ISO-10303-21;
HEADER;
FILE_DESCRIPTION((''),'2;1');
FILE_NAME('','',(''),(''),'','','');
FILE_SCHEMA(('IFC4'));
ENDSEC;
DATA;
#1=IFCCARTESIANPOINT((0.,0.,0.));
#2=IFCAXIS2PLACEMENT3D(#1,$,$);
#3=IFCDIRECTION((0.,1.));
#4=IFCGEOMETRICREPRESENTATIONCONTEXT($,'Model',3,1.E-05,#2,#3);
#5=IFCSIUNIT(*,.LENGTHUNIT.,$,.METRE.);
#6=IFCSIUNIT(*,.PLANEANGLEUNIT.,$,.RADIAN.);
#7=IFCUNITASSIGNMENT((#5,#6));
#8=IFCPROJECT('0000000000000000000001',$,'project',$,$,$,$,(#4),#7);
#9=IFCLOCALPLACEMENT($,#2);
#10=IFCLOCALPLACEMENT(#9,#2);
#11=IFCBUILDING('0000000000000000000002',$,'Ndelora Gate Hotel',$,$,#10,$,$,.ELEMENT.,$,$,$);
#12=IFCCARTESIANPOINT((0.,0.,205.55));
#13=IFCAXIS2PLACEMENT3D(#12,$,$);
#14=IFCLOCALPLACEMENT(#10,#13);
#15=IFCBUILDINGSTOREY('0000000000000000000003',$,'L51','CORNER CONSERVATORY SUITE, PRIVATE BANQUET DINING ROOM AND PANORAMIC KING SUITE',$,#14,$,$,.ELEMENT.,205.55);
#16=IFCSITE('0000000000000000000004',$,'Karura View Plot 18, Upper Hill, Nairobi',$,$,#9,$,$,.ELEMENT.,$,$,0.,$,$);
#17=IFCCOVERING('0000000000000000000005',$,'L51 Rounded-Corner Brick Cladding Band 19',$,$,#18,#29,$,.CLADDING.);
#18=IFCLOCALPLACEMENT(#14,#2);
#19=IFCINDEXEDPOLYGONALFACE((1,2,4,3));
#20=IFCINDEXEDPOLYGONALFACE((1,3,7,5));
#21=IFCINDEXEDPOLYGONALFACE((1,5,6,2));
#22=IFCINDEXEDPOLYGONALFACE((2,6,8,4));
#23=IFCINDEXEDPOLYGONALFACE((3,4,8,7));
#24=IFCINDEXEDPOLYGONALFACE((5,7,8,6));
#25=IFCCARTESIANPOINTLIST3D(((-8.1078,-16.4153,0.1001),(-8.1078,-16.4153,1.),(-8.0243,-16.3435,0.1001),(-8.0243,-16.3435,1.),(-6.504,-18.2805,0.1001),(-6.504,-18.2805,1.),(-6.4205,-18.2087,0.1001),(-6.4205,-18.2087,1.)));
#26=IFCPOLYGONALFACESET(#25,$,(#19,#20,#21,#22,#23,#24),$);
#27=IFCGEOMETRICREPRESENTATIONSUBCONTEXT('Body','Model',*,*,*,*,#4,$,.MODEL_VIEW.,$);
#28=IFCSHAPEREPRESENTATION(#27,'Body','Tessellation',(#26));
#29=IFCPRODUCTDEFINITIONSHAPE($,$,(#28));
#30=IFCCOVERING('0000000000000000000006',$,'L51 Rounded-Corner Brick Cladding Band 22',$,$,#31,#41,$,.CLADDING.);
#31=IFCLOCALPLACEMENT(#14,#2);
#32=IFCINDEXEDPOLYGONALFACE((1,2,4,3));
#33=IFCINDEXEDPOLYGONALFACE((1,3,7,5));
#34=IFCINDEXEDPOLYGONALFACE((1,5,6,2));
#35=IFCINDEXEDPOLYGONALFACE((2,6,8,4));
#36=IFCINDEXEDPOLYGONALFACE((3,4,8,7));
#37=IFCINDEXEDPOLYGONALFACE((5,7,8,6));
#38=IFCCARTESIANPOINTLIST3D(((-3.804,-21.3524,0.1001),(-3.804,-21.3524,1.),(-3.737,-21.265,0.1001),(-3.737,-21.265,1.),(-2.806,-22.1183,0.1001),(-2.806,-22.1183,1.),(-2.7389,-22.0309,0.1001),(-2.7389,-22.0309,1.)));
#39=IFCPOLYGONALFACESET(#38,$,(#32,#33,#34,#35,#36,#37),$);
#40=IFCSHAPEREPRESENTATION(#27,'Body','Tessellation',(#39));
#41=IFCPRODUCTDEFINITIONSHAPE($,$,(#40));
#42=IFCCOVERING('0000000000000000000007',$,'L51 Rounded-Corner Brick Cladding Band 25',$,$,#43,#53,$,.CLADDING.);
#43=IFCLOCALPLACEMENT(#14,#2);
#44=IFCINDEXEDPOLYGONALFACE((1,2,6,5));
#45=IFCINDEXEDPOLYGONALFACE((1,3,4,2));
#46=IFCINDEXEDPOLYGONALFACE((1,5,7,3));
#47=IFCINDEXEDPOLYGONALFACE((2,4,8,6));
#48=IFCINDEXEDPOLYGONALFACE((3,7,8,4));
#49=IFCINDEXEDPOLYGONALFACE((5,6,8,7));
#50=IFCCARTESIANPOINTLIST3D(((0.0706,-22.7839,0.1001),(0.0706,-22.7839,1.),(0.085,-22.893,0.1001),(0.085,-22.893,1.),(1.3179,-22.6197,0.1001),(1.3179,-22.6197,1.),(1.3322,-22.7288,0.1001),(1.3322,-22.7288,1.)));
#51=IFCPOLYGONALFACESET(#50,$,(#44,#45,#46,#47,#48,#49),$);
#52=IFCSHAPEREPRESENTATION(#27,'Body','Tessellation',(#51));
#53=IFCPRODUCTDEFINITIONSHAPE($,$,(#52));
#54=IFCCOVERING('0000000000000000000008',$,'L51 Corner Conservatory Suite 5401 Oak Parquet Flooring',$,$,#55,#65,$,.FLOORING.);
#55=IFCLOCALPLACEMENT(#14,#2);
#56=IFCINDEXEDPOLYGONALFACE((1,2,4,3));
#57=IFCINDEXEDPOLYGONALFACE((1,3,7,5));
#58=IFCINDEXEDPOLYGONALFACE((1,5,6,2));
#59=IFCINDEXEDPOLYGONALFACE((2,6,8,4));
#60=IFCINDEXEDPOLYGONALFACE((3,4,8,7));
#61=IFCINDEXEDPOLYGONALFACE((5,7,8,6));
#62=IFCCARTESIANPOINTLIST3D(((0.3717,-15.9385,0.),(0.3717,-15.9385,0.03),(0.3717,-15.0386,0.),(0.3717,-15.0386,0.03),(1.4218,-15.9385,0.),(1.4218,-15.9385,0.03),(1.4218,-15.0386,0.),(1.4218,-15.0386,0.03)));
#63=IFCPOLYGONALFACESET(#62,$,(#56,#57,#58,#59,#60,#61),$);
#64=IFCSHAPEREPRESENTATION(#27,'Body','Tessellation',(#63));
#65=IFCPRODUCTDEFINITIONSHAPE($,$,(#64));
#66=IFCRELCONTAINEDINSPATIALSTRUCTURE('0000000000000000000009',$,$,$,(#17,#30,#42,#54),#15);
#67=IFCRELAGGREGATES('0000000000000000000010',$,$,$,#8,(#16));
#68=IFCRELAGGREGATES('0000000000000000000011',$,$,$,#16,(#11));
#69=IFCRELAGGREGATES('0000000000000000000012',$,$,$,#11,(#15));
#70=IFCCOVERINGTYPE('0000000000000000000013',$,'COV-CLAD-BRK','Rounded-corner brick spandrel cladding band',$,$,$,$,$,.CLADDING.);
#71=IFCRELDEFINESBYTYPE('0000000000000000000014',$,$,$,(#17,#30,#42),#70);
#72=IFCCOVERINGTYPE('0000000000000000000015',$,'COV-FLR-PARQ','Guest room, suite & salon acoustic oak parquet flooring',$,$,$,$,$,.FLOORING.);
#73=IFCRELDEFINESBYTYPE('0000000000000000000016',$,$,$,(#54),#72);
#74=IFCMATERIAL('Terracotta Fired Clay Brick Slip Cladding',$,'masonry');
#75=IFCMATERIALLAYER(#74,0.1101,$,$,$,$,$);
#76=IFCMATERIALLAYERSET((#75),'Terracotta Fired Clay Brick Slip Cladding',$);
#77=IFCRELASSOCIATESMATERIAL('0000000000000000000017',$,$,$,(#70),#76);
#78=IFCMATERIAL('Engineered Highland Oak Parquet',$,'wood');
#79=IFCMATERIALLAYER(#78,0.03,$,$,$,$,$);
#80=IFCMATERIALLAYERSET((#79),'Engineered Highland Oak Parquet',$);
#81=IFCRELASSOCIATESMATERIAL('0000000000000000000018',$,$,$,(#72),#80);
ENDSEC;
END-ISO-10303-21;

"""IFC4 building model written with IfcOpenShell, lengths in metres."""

from ifc_helpers import new_model, si_unit, direction, frame, origin, origin_2d, place, context, subcontext, project, spatial, rectangle, extrude, material, layer, layer_set, type_object, element, save


model = new_model("IFC4")

# Units and contexts
model_context = context("Model", 3, precision=1e-05, world=origin(), true_north=direction((0.0, 1.0)))
body_context = subcontext(model_context, "Body", "Model", "MODEL_VIEW")
ifc_project = project(units=[si_unit("LENGTHUNIT", "METRE"), si_unit("PLANEANGLEUNIT", "RADIAN")], contexts=[model_context])

# Site, building, storey
site_placement = place(None, origin())
site = spatial("IfcSite", under=ifc_project, at=site_placement, Name="Karura View Plot 18, Upper Hill, Nairobi", CompositionType="ELEMENT", RefElevation=0.0)
building_placement = place(site_placement, origin())
building = spatial("IfcBuilding", under=site, at=building_placement, Name="Ndelora Gate Hotel", CompositionType="ELEMENT")
storey_placement = place(building_placement, frame((0.0, 0.0, 205.55)))
storey = spatial("IfcBuildingStorey", under=building, at=storey_placement, Name="L51", Description="CORNER CONSERVATORY SUITE, PRIVATE BANQUET DINING ROOM AND PANORAMIC KING SUITE", CompositionType="ELEMENT", Elevation=205.55)

# Coverings
ifc_material_1 = material(Name="Terracotta Fired Clay Brick Slip Cladding", Category="masonry")
ifc_layer_1 = layer(ifc_material_1, 0.1101)
ifc_layer_set_1 = layer_set([ifc_layer_1], Name="Terracotta Fired Clay Brick Slip Cladding")
covering_type_1 = type_object("IfcCoveringType", Name="COV-CLAD-BRK", Description="Rounded-corner brick spandrel cladding band", PredefinedType="CLADDING", material=ifc_layer_set_1)
covering_1_placement = place(storey_placement, frame((-7.2642, -17.312, 0.1001), z_axis=(0.0, 0.0, 1.0), x_axis=(-0.651966, 0.758248, 0.0)))
element("IfcCovering", 1, at=covering_1_placement, inside=storey, type_object=covering_type_1, Name="L51 Rounded-Corner Brick Cladding Band 19", PredefinedType="CLADDING", context=body_context, shape_type="SweptSolid", body=[
    extrude(rectangle(XDim=2.46, YDim=0.1101, at=origin_2d()), origin(), (0.0, 0.0, 1.0), 0.8999),
])
for number, where, z_axis, x_axis, name in (
    (2, (-3.2715, -21.6917, 0.1001), (0.0, 0.0, 1.0), (-0.793353, 0.608761, 0.0), "L51 Rounded-Corner Brick Cladding Band 22"),
    (3, (0.7014, -22.7563, 0.1001), (0.0, 0.0, 1.0), (0.991445, 0.130526, 0.0), "L51 Rounded-Corner Brick Cladding Band 25"),
):
    element("IfcCovering", number, at=place(storey_placement, frame(where, z_axis=z_axis, x_axis=x_axis)), inside=storey, type_object=covering_type_1, Name=name, PredefinedType="CLADDING", context=body_context, shape_type="SweptSolid", body=[
        extrude(rectangle(XDim=1.2581, YDim=0.1101, at=origin_2d()), origin(), (0.0, 0.0, 1.0), 0.8999),
    ])
ifc_material_2 = material(Name="Engineered Highland Oak Parquet", Category="wood")
ifc_layer_2 = layer(ifc_material_2, 0.03)
ifc_layer_set_2 = layer_set([ifc_layer_2], Name="Engineered Highland Oak Parquet")
covering_type_2 = type_object("IfcCoveringType", Name="COV-FLR-PARQ", Description="Guest room, suite & salon acoustic oak parquet flooring", PredefinedType="FLOORING", material=ifc_layer_set_2)
covering_2_placement = place(storey_placement, frame((0.8967, -15.4885, 0.0), z_axis=(0.0, 0.0, 1.0), x_axis=(1.0, 0.0, 0.0)))
element("IfcCovering", 4, at=covering_2_placement, inside=storey, type_object=covering_type_2, Name="L51 Corner Conservatory Suite 5401 Oak Parquet Flooring", PredefinedType="FLOORING", context=body_context, shape_type="SweptSolid", body=[
    extrude(rectangle(XDim=1.05, YDim=0.8999, at=origin_2d()), origin(), (0.0, 0.0, 1.0), 0.03),
])

save(model, "model.ifc")
